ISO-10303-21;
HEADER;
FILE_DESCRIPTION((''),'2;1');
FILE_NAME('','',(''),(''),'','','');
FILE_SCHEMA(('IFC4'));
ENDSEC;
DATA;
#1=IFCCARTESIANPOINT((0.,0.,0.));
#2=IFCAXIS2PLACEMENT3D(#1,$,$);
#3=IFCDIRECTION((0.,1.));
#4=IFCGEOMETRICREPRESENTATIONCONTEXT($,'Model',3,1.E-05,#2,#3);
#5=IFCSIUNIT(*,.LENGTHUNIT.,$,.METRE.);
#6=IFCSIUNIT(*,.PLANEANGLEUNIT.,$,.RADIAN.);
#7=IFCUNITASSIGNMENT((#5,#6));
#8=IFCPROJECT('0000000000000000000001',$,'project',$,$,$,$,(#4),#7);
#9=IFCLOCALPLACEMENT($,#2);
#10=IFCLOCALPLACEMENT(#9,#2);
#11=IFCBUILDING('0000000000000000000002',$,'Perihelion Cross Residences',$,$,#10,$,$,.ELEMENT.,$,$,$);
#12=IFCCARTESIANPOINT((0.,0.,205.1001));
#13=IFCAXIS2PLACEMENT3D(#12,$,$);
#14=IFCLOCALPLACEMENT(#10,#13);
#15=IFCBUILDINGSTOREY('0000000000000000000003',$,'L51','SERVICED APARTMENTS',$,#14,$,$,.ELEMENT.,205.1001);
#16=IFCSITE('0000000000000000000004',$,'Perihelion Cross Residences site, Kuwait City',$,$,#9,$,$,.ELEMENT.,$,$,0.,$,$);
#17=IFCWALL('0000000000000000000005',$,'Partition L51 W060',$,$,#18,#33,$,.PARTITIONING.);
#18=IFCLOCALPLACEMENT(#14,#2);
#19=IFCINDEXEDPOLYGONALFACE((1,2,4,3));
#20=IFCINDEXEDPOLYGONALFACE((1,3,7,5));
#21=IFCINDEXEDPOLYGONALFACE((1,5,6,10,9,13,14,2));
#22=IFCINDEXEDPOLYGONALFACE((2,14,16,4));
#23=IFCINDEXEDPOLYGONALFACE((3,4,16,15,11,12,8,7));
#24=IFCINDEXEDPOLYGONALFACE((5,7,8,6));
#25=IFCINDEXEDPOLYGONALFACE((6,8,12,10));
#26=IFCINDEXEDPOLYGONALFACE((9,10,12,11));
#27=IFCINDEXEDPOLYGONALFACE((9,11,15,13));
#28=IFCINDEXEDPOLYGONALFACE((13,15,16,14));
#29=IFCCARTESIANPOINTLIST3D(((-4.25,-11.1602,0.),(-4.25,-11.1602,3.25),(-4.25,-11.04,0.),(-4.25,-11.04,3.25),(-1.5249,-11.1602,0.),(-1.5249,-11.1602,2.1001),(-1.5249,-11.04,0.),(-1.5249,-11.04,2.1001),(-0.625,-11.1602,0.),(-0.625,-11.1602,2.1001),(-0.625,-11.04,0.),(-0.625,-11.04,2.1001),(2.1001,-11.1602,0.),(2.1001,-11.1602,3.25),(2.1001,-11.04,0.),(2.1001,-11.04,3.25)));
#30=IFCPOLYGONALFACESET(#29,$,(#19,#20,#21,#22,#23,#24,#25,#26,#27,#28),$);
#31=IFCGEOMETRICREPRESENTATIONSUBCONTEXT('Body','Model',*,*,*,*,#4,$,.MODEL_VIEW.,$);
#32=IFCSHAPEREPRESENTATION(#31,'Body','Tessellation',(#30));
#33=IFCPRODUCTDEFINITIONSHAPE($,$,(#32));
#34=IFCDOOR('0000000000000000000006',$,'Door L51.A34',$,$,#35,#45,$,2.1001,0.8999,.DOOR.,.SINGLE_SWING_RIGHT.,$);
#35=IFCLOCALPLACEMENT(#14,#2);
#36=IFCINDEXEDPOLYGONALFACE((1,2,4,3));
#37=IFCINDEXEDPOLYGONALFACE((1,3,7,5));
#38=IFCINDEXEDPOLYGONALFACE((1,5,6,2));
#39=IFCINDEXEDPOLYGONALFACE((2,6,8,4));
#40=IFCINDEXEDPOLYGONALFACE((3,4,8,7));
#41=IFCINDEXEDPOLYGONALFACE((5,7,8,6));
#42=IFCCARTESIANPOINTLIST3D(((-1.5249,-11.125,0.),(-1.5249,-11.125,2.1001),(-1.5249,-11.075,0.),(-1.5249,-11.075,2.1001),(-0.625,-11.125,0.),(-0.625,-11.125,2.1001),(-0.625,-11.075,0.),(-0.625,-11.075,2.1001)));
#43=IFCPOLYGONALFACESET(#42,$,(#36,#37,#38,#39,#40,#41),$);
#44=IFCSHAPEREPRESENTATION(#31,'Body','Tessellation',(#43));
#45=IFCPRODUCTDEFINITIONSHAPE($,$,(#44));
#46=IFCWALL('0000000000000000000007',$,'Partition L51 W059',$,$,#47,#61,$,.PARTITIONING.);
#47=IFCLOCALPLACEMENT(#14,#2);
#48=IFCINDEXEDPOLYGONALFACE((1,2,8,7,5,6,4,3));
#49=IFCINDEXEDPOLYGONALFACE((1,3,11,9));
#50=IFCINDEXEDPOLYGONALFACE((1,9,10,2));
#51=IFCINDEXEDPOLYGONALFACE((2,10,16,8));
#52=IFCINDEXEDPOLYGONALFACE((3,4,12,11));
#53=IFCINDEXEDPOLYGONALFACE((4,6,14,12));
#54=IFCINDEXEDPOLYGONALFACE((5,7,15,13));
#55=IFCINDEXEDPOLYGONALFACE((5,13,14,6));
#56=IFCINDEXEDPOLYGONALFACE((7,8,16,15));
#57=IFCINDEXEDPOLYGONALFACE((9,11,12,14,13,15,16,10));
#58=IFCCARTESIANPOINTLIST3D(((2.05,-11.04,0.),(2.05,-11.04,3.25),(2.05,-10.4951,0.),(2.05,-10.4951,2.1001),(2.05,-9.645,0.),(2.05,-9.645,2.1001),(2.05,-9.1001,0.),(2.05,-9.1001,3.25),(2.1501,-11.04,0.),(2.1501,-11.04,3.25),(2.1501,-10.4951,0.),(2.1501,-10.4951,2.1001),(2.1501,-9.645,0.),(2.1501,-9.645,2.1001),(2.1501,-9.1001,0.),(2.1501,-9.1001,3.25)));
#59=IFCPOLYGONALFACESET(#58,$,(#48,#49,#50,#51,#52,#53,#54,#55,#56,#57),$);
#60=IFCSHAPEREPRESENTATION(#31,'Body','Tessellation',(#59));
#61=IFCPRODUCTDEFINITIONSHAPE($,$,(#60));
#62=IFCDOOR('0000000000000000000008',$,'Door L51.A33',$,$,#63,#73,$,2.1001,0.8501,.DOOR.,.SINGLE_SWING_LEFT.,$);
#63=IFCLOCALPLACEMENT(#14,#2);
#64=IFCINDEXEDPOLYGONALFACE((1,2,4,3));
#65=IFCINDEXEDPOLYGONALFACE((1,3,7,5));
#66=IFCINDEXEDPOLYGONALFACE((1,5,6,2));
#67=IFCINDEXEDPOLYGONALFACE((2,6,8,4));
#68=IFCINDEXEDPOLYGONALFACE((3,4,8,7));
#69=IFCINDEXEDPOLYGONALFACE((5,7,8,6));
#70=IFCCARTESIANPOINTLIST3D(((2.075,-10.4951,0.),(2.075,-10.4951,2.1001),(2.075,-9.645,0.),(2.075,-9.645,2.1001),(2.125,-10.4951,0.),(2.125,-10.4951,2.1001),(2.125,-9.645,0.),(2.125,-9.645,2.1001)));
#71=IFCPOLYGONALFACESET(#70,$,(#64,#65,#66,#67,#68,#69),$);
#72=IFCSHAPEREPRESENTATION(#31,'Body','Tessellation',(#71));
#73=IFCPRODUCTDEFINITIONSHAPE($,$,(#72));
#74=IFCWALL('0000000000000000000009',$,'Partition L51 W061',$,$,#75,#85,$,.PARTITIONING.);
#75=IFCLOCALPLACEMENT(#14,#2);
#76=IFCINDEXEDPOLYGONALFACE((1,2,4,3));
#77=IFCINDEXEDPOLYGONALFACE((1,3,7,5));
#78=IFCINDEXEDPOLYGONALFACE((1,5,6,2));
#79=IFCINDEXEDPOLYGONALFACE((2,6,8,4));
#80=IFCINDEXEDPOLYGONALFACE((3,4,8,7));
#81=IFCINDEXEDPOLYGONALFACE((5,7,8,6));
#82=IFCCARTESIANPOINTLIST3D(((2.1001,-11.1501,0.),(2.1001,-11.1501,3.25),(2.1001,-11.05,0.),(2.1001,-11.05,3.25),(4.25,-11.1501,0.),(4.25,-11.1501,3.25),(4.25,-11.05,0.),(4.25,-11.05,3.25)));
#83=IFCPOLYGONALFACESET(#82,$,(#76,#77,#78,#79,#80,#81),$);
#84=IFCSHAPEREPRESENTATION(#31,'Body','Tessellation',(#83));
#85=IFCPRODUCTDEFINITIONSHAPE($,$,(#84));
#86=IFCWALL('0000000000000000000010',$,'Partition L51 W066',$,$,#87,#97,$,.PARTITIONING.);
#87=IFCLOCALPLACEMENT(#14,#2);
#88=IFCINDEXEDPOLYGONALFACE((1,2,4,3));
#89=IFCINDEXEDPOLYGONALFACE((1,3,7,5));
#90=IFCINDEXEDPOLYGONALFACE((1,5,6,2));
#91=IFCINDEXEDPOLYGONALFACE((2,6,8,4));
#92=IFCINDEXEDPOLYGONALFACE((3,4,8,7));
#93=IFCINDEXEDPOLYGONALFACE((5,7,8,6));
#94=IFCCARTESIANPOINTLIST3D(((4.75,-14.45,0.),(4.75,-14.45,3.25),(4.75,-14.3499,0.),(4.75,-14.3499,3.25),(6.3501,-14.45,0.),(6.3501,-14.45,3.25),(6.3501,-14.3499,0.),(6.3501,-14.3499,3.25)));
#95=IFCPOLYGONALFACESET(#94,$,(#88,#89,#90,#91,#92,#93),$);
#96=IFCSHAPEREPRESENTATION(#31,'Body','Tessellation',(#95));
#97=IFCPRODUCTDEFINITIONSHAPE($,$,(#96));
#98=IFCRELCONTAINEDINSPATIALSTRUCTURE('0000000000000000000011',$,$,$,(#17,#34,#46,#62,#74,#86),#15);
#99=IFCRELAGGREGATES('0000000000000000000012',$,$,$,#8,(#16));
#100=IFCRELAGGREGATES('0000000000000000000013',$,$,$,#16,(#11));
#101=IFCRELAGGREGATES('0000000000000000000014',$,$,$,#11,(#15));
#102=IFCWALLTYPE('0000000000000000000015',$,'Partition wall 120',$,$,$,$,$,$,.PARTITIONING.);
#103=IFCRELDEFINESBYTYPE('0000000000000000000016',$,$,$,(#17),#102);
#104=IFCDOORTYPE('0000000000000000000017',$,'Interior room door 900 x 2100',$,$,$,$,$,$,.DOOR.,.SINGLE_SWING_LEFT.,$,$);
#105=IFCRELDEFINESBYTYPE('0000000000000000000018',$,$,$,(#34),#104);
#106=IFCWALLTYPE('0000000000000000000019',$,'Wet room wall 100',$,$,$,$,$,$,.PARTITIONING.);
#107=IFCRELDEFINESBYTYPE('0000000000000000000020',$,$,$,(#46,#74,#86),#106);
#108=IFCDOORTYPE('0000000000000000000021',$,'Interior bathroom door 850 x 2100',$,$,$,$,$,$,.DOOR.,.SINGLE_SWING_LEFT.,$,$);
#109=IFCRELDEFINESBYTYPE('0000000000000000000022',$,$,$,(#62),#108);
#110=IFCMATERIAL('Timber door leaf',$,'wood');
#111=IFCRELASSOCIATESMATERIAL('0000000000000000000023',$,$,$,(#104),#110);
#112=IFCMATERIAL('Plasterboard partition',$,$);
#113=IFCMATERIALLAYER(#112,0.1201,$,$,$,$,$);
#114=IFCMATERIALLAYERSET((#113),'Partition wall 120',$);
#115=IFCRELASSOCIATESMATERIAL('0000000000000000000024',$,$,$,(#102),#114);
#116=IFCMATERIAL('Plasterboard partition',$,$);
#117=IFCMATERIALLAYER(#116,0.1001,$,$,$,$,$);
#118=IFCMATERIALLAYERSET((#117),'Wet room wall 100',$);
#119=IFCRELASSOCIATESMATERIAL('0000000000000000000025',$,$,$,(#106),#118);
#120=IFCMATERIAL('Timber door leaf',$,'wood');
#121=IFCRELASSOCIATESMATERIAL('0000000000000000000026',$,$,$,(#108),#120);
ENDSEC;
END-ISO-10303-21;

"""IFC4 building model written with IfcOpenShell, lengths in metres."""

from ifc_helpers import new_model, si_unit, direction, frame, frame_2d, origin, place, context, subcontext, project, spatial, rectangle, extrude, material, layer, layer_set, type_object, element, fill, save


model = new_model("IFC4")

# Units and contexts
model_context = context("Model", 3, precision=1e-05, world=origin(), true_north=direction((0.0, 1.0)))
body_context = subcontext(model_context, "Body", "Model", "MODEL_VIEW")
ifc_project = project(units=[si_unit("LENGTHUNIT", "METRE"), si_unit("PLANEANGLEUNIT", "RADIAN")], contexts=[model_context])

# Site, building, storey
site_placement = place(None, origin())
site = spatial("IfcSite", under=ifc_project, at=site_placement, Name="Perihelion Cross Residences site, Kuwait City", CompositionType="ELEMENT", RefElevation=0.0)
building_placement = place(site_placement, origin())
building = spatial("IfcBuilding", under=site, at=building_placement, Name="Perihelion Cross Residences", CompositionType="ELEMENT")
storey_placement = place(building_placement, frame((0.0, 0.0, 205.1001)))
storey = spatial("IfcBuildingStorey", under=building, at=storey_placement, Name="L51", Description="SERVICED APARTMENTS", CompositionType="ELEMENT", Elevation=205.1001)

# Shared definitions
ifc_material_1 = material(Name="Timber door leaf", Category="wood")
door_type_1 = type_object("IfcDoorType", Name="Interior room door 900 x 2100", OperationType="SINGLE_SWING_LEFT", PredefinedType="DOOR", material=ifc_material_1)

# Shared definitions
ifc_material_2 = material(Name="Plasterboard partition")
ifc_layer_1 = layer(ifc_material_2, 0.1201)
ifc_layer_set_1 = layer_set([ifc_layer_1], Name="Partition wall 120")
wall_type_1 = type_object("IfcWallType", Name="Partition wall 120", PredefinedType="PARTITIONING", material=ifc_layer_set_1)

# Walls, openings, doors
wall_1_placement = place(storey_placement, frame((2.1001, -11.1001, 0.0), z_axis=(0.0, 0.0, 1.0), x_axis=(-1.0, 0.0, 0.0)))
wall_1 = element("IfcWall", 1, at=wall_1_placement, inside=storey, type_object=wall_type_1, Name="Partition L51 W060", PredefinedType="PARTITIONING", context=body_context, shape_type="SweptSolid", body=[
    extrude(rectangle(XDim=6.3501, YDim=0.1201, at=frame_2d((3.175, 0.0))), origin(), (0.0, 0.0, 1.0), 3.25),
])
opening_1_placement = place(wall_1_placement, frame((2.7251, 0.0, 0.0)))
opening_1 = element("IfcOpeningElement", 2, at=opening_1_placement, cuts=wall_1, PredefinedType="OPENING", context=body_context, shape_type="SweptSolid", body=[
    extrude(rectangle(XDim=0.8999, YDim=2.1001, at=frame_2d((0.45, 1.05))), frame((0.0, 0.0701, 0.0), z_axis=(0.0, -1.0, 0.0), x_axis=(1.0, 0.0, 0.0)), (0.0, 0.0, 1.0), 0.1401),
])
door_1_placement = place(opening_1_placement, origin())
door_1 = element("IfcDoor", 3, at=door_1_placement, inside=storey, type_object=door_type_1, Name="Door L51.A34", OperationType="SINGLE_SWING_RIGHT", OverallHeight=2.1001, OverallWidth=0.8999, PredefinedType="DOOR", context=body_context, shape_type="SweptSolid", body=[
    extrude(rectangle(XDim=0.8999, YDim=2.1001, at=frame_2d((0.45, 1.05))), frame((0.0, 0.0249, 0.0), z_axis=(0.0, -1.0, 0.0), x_axis=(1.0, 0.0, 0.0)), (0.0, 0.0, 1.0), 0.05),
])
fill(opening_1, door_1)
ifc_material_3 = material(Name="Plasterboard partition")
ifc_layer_2 = layer(ifc_material_3, 0.1001)
ifc_layer_set_2 = layer_set([ifc_layer_2], Name="Wet room wall 100")
wall_type_2 = type_object("IfcWallType", Name="Wet room wall 100", PredefinedType="PARTITIONING", material=ifc_layer_set_2)
wall_2_placement = place(storey_placement, frame((2.1001, -9.1001, 0.0), z_axis=(0.0, 0.0, 1.0), x_axis=(0.0, -1.0, 0.0)))
wall_2 = element("IfcWall", 4, at=wall_2_placement, inside=storey, type_object=wall_type_2, Name="Partition L51 W059", PredefinedType="PARTITIONING", context=body_context, shape_type="SweptSolid", body=[
    extrude(rectangle(XDim=1.9399, YDim=0.1001, at=frame_2d((0.97, 0.0))), origin(), (0.0, 0.0, 1.0), 3.25),
])
opening_2_placement = place(wall_2_placement, frame((0.5449, 0.0, 0.0)))
opening_2 = element("IfcOpeningElement", 5, at=opening_2_placement, cuts=wall_2, PredefinedType="OPENING", context=body_context, shape_type="SweptSolid", body=[
    extrude(rectangle(XDim=0.8501, YDim=2.1001, at=frame_2d((0.425, 1.05))), frame((0.0, 0.0601, 0.0), z_axis=(0.0, -1.0, 0.0), x_axis=(1.0, 0.0, 0.0)), (0.0, 0.0, 1.0), 0.1201),
])
ifc_material_4 = material(Name="Timber door leaf", Category="wood")
door_type_2 = type_object("IfcDoorType", Name="Interior bathroom door 850 x 2100", OperationType="SINGLE_SWING_LEFT", PredefinedType="DOOR", material=ifc_material_4)
door_2_placement = place(opening_2_placement, origin())
door_2 = element("IfcDoor", 6, at=door_2_placement, inside=storey, type_object=door_type_2, Name="Door L51.A33", OperationType="SINGLE_SWING_LEFT", OverallHeight=2.1001, OverallWidth=0.8501, PredefinedType="DOOR", context=body_context, shape_type="SweptSolid", body=[
    extrude(rectangle(XDim=0.8501, YDim=2.1001, at=frame_2d((0.425, 1.05))), frame((0.0, 0.0249, 0.0), z_axis=(0.0, -1.0, 0.0), x_axis=(1.0, 0.0, 0.0)), (0.0, 0.0, 1.0), 0.05),
])
fill(opening_2, door_2)

# Walls
wall_3_placement = place(storey_placement, frame((4.25, -11.1001, 0.0), z_axis=(0.0, 0.0, 1.0), x_axis=(-1.0, 0.0, 0.0)))
element("IfcWall", 7, at=wall_3_placement, inside=storey, type_object=wall_type_2, Name="Partition L51 W061", PredefinedType="PARTITIONING", context=body_context, shape_type="SweptSolid", body=[
    extrude(rectangle(XDim=2.1499, YDim=0.1001, at=frame_2d((1.075, 0.0))), origin(), (0.0, 0.0, 1.0), 3.25),
])
wall_4_placement = place(storey_placement, frame((6.3501, -14.3999, 0.0), z_axis=(0.0, 0.0, 1.0), x_axis=(-1.0, 0.0, 0.0)))
element("IfcWall", 8, at=wall_4_placement, inside=storey, type_object=wall_type_2, Name="Partition L51 W066", PredefinedType="PARTITIONING", context=body_context, shape_type="SweptSolid", body=[
    extrude(rectangle(XDim=1.6001, YDim=0.1001, at=frame_2d((0.8, 0.0))), origin(), (0.0, 0.0, 1.0), 3.25),
])

save(model, "model.ifc")
